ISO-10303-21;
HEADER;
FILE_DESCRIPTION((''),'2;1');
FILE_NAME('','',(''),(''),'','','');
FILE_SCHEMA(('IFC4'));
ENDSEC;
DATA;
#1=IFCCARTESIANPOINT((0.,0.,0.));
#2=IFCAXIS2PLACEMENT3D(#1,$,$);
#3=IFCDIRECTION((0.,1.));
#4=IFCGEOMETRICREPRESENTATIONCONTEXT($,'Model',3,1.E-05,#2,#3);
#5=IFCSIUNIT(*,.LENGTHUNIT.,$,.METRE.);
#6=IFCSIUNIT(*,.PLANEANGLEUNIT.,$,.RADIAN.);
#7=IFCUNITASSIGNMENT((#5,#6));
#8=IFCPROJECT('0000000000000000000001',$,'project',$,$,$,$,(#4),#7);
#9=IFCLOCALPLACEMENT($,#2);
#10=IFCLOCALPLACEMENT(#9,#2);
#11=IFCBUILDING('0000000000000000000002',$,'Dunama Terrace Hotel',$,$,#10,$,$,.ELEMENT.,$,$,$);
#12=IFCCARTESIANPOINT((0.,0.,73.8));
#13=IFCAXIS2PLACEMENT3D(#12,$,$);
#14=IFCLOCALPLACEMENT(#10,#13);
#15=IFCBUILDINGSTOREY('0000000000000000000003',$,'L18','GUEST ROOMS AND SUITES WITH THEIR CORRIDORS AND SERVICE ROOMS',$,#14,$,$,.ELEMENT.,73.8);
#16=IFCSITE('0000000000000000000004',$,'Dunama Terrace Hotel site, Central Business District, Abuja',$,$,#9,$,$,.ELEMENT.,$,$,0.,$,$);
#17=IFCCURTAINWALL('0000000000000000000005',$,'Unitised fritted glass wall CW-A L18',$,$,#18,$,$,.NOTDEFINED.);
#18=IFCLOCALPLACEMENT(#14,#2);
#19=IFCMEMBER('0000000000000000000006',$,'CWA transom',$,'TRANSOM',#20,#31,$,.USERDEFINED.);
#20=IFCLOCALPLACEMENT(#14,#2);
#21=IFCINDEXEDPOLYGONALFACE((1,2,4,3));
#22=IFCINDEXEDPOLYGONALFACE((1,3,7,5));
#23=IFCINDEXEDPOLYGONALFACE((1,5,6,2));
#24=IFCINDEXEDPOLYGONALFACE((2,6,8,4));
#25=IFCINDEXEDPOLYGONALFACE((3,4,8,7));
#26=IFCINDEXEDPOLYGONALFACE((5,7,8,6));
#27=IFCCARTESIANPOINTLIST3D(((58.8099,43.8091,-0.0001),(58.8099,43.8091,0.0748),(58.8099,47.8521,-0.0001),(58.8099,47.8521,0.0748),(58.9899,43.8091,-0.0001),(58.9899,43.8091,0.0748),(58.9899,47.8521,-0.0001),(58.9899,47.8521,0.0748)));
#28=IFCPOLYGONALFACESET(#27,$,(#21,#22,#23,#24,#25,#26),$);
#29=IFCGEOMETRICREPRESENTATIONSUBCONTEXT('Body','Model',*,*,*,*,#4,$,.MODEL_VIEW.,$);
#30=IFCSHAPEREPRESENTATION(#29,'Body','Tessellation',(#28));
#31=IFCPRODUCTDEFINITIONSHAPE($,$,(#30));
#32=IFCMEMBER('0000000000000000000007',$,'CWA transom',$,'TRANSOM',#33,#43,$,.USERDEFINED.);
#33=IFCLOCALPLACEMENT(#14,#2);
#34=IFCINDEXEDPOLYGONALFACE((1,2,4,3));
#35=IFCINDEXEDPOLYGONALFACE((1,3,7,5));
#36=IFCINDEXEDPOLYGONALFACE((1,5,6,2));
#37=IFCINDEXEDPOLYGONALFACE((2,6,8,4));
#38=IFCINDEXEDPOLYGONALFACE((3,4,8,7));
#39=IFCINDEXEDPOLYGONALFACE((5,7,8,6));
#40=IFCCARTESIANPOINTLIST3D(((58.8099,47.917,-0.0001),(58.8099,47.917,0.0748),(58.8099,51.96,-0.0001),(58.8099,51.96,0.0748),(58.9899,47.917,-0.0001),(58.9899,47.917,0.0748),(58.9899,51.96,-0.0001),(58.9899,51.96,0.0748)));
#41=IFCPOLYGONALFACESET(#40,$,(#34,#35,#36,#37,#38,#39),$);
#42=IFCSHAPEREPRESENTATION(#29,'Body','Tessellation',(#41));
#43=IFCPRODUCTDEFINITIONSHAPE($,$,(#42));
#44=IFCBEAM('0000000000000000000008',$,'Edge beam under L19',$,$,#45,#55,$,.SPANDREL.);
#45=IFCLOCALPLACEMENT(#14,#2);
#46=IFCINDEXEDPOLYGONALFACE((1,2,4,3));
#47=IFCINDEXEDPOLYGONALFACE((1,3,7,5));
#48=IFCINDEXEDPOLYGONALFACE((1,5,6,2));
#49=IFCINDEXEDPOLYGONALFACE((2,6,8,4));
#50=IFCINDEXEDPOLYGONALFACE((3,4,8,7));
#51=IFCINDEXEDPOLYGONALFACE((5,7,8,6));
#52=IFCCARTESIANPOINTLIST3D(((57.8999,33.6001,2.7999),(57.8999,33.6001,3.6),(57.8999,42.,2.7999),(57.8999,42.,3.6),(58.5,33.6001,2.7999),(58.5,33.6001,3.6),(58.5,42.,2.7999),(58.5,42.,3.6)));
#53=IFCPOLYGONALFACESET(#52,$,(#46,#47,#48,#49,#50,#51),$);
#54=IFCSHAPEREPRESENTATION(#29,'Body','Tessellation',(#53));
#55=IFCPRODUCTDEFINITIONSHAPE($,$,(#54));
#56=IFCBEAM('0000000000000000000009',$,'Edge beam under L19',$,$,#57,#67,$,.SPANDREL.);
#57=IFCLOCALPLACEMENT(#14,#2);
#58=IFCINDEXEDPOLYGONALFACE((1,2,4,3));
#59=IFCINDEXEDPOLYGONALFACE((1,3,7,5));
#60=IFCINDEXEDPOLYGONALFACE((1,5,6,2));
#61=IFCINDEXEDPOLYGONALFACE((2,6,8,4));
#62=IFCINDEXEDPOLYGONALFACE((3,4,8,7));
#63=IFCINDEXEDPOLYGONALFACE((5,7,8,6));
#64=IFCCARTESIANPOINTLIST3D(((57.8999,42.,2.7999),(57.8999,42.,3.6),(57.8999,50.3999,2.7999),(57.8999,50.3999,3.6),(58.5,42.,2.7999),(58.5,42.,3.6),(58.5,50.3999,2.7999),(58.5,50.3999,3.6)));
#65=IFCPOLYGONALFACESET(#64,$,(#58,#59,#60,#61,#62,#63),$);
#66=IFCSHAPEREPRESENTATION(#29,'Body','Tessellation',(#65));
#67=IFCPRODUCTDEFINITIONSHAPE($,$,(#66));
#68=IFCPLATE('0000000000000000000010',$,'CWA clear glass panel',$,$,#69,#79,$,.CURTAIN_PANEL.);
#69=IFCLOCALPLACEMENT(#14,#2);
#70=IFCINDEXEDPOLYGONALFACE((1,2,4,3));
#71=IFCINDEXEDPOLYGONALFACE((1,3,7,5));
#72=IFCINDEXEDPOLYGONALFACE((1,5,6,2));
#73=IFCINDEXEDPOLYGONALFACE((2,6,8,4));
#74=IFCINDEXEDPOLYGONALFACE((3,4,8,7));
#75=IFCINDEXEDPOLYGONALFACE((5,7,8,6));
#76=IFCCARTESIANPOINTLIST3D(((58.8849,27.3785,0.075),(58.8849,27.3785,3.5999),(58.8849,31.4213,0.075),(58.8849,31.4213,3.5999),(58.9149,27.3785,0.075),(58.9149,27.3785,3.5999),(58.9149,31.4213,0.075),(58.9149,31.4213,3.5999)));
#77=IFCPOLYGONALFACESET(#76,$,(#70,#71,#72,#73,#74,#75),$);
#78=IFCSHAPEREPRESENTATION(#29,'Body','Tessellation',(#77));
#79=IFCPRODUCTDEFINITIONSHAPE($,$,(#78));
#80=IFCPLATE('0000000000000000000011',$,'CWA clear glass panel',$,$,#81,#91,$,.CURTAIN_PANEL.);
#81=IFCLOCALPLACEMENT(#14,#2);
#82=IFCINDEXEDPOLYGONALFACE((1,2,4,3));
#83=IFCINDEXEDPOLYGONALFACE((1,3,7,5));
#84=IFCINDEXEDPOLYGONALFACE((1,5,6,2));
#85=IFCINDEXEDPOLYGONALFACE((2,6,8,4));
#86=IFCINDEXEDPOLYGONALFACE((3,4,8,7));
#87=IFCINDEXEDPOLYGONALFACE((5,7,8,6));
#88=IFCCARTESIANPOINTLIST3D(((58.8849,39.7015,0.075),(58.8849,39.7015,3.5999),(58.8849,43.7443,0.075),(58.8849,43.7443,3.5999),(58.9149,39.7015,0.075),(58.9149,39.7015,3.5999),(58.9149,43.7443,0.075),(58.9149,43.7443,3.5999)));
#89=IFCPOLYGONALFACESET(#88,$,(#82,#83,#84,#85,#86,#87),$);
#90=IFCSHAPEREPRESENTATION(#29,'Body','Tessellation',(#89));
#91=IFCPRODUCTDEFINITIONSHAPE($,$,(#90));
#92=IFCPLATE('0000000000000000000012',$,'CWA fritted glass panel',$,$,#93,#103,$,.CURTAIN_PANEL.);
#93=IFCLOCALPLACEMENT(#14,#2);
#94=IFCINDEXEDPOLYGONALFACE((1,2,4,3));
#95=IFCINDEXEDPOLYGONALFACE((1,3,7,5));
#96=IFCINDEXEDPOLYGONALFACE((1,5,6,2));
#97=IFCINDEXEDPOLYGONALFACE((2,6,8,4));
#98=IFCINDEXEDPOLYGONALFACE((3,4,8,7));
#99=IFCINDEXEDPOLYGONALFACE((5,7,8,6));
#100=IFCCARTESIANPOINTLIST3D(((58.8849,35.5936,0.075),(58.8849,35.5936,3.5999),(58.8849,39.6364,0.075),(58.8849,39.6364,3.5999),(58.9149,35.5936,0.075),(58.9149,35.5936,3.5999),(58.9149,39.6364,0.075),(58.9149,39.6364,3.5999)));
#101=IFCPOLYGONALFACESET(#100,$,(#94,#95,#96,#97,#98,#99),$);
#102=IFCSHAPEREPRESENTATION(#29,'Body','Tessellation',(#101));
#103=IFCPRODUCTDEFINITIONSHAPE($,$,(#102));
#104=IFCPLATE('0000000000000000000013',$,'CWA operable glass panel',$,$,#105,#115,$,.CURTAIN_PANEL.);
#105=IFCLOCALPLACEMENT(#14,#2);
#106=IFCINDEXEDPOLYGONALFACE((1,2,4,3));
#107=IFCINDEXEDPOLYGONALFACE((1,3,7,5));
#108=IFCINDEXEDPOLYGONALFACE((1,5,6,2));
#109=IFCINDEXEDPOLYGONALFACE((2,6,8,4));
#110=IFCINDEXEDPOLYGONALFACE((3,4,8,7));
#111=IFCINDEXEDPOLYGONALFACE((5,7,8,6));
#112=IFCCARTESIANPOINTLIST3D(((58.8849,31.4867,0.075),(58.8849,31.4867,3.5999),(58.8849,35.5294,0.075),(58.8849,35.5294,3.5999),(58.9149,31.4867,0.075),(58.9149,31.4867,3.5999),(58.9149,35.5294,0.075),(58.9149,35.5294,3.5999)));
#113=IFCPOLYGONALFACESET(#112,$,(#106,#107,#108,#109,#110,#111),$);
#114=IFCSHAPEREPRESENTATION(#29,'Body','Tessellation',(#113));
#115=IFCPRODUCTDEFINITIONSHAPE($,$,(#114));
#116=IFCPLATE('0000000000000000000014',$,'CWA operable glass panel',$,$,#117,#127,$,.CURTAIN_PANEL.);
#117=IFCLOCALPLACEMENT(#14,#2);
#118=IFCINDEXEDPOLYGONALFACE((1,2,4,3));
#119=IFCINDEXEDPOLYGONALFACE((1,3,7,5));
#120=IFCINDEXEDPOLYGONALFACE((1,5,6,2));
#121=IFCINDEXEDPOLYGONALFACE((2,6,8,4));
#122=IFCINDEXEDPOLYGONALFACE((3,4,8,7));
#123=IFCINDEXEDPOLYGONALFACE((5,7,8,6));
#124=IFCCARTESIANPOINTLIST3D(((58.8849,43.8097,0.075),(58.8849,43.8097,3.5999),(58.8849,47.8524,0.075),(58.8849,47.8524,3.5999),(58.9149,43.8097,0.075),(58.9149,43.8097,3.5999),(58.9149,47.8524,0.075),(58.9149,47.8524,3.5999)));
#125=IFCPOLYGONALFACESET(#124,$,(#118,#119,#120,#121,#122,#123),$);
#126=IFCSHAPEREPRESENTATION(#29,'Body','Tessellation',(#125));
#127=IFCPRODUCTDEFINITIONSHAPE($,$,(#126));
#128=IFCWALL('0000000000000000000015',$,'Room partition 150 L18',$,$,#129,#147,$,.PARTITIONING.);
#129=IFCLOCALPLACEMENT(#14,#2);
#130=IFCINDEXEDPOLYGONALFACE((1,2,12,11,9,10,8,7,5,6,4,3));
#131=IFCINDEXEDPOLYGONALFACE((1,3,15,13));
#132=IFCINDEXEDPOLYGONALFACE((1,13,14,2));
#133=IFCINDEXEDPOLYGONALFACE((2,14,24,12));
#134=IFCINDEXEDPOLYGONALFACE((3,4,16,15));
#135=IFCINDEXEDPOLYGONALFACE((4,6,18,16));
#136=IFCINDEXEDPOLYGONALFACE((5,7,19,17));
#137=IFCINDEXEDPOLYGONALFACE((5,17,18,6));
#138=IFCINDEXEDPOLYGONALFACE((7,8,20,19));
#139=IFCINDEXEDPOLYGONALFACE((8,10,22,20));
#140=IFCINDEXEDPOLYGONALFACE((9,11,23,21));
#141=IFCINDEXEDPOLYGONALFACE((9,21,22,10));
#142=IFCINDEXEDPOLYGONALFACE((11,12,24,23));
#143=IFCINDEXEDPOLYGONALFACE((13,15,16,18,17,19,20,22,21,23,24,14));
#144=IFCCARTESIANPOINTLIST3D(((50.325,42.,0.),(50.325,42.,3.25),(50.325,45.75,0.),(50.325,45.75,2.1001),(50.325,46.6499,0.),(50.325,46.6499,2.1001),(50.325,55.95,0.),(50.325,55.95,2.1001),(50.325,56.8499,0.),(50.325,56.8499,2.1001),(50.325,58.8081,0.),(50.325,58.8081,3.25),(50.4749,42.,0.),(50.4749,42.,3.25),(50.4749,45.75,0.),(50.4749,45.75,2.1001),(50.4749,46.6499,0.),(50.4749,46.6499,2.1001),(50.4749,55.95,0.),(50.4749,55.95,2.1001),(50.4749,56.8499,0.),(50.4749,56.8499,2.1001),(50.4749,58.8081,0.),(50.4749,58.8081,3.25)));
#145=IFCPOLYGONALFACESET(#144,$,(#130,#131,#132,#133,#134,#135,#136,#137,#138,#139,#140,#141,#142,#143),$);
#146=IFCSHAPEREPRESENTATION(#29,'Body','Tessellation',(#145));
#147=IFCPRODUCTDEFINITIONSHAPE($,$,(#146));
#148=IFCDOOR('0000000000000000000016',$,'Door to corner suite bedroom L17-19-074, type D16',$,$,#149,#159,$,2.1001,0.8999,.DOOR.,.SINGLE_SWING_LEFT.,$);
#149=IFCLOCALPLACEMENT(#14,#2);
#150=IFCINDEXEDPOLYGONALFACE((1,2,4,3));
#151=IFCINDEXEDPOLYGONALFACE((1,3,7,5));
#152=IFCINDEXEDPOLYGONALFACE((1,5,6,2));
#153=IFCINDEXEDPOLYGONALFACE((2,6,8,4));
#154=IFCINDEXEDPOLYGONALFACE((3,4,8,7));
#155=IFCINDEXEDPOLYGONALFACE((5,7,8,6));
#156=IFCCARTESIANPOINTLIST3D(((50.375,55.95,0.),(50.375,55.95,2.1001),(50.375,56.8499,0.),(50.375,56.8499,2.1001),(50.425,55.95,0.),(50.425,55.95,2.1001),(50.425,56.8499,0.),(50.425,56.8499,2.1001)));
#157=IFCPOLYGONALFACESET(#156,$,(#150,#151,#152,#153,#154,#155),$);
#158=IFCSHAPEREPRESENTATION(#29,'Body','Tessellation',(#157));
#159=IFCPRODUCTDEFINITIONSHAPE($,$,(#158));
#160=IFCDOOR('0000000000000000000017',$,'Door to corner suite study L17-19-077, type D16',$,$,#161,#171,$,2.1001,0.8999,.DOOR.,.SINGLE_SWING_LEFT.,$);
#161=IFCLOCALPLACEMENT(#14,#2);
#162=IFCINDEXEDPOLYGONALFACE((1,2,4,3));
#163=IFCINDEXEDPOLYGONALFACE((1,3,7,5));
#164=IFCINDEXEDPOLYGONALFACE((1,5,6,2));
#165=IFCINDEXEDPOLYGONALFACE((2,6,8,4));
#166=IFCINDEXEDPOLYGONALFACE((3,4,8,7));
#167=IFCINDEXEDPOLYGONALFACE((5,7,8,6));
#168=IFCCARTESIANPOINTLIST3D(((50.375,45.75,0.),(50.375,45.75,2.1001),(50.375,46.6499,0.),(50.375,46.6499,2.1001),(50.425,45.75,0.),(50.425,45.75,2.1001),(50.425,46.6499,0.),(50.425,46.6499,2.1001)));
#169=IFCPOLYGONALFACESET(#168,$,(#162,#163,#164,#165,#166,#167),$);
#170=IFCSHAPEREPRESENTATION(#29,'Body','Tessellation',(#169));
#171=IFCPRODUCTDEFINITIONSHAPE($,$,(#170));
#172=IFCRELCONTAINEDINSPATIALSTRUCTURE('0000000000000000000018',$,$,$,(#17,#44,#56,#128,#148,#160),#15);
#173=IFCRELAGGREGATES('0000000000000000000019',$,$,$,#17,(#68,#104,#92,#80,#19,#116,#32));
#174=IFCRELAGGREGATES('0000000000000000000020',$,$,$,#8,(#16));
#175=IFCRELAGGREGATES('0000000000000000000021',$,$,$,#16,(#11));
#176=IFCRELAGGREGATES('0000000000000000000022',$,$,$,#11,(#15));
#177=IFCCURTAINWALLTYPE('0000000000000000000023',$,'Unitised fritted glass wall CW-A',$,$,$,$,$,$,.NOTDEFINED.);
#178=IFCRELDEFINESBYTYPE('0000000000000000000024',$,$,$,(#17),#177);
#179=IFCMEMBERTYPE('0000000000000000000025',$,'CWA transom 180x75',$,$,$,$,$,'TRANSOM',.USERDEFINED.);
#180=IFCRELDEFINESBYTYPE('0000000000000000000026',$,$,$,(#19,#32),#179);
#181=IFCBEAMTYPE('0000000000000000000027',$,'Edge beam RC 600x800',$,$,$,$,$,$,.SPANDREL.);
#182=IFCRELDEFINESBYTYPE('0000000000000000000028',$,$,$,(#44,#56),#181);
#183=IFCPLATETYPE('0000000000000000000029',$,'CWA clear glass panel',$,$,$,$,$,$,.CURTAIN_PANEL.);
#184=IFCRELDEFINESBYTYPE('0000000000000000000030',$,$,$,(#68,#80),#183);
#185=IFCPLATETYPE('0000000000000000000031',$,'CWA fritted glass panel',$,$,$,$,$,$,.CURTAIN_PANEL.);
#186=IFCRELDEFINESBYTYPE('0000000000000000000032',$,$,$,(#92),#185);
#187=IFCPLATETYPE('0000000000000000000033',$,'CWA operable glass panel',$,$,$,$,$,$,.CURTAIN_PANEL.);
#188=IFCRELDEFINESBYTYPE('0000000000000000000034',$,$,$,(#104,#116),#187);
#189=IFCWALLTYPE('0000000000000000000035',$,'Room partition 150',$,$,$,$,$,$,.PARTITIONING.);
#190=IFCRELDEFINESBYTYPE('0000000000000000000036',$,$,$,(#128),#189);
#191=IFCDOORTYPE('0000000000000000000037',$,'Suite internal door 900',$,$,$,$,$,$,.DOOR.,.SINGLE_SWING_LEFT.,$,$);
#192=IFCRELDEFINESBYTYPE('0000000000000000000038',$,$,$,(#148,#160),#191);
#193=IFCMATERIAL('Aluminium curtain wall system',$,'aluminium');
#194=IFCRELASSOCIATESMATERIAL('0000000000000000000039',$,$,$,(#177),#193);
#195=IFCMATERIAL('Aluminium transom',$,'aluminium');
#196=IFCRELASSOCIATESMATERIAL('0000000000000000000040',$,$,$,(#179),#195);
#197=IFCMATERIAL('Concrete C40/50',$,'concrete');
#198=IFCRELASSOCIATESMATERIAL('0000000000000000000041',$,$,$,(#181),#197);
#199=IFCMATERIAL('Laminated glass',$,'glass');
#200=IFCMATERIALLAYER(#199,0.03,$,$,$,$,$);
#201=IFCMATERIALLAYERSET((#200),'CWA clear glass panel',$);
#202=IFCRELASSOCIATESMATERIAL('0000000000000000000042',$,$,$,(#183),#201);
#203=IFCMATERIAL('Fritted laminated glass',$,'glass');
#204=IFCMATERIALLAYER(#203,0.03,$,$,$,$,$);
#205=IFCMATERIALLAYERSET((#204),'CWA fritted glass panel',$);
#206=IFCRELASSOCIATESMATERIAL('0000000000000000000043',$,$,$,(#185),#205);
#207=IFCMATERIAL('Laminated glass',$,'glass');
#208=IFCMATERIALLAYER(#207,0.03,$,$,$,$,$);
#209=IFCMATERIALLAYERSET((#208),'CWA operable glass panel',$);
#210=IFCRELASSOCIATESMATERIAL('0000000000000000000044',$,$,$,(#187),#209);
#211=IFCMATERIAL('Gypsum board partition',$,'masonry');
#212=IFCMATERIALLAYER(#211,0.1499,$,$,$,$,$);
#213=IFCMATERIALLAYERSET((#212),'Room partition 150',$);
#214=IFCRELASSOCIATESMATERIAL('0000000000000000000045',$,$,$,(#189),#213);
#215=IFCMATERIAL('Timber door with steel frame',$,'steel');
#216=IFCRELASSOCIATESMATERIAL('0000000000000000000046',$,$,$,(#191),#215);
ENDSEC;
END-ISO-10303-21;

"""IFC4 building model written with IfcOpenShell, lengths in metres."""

from ifc_helpers import new_model, si_unit, direction, frame, frame_2d, origin, origin_2d, place, context, subcontext, project, spatial, rectangle, extrude, material, layer, layer_set, material_profile, profile_set, type_object, element, fill, aggregate, save


model = new_model("IFC4")

# Units and contexts
model_context = context("Model", 3, precision=1e-05, world=origin(), true_north=direction((0.0, 1.0)))
body_context = subcontext(model_context, "Body", "Model", "MODEL_VIEW")
ifc_project = project(units=[si_unit("LENGTHUNIT", "METRE"), si_unit("PLANEANGLEUNIT", "RADIAN")], contexts=[model_context])

# Site, building, storey
site_placement = place(None, origin())
site = spatial("IfcSite", under=ifc_project, at=site_placement, Name="Dunama Terrace Hotel site, Central Business District, Abuja", CompositionType="ELEMENT", RefElevation=0.0)
building_placement = place(site_placement, origin())
building = spatial("IfcBuilding", under=site, at=building_placement, Name="Dunama Terrace Hotel", CompositionType="ELEMENT")
storey_placement = place(building_placement, frame((0.0, 0.0, 73.8)))
storey = spatial("IfcBuildingStorey", under=building, at=storey_placement, Name="L18", Description="GUEST ROOMS AND SUITES WITH THEIR CORRIDORS AND SERVICE ROOMS", CompositionType="ELEMENT", Elevation=73.8)

# Curtain wall, members
ifc_material_1 = material(Name="Aluminium curtain wall system", Category="aluminium")
curtain_wall_type = type_object("IfcCurtainWallType", Name="Unitised fritted glass wall CW-A", PredefinedType="NOTDEFINED", material=ifc_material_1)
curtain_wall_placement = place(storey_placement, origin())
curtain_wall = element("IfcCurtainWall", 1, at=curtain_wall_placement, inside=storey, type_object=curtain_wall_type, Name="Unitised fritted glass wall CW-A L18", PredefinedType="NOTDEFINED")
ifc_material_2 = material(Name="Aluminium transom", Category="aluminium")
ifc_material_profile_1 = material_profile(ifc_material_2, rectangle(XDim=0.1799, YDim=0.075, at=origin_2d()), Name="CWA TRANSOM 180X75")
ifc_profile_set_1 = profile_set([ifc_material_profile_1], Name="Aluminium transom")
member_type_1 = type_object("IfcMemberType", Name="CWA transom 180x75", ElementType="TRANSOM", PredefinedType="USERDEFINED", material=ifc_profile_set_1)
member_1_placement = place(storey_placement, frame((58.8999, 43.8091, 0.0374), z_axis=(0.0, 1.0, 0.0), x_axis=(-1.0, 0.0, 0.0)))
member_1 = element("IfcMember", 2, at=member_1_placement, type_object=member_type_1, Name="CWA transom", ObjectType="TRANSOM", PredefinedType="USERDEFINED", context=body_context, shape_type="SweptSolid", body=[
    extrude(rectangle(XDim=0.1799, YDim=0.075, at=origin_2d()), origin(), (0.0, 0.0, 1.0), 4.043),
])
member_2_placement = place(storey_placement, frame((58.8999, 47.917, 0.0374), z_axis=(0.0, 1.0, 0.0), x_axis=(-1.0, 0.0, 0.0)))
member_2 = element("IfcMember", 3, at=member_2_placement, type_object=member_type_1, Name="CWA transom", ObjectType="TRANSOM", PredefinedType="USERDEFINED", context=body_context, shape_type="SweptSolid", body=[
    extrude(rectangle(XDim=0.1799, YDim=0.075, at=origin_2d()), origin(), (0.0, 0.0, 1.0), 4.043),
])

# Beams
ifc_material_3 = material(Name="Concrete C40/50", Category="concrete")
ifc_material_profile_2 = material_profile(ifc_material_3, rectangle(XDim=0.6001, YDim=0.8, at=origin_2d()), Name="RC 600x800")
ifc_profile_set_2 = profile_set([ifc_material_profile_2], Name="Concrete C40/50")
beam_type = type_object("IfcBeamType", Name="Edge beam RC 600x800", PredefinedType="SPANDREL", material=ifc_profile_set_2)
for number, where, z_axis, x_axis, name in (
    (4, (58.2, 33.6001, 3.2), (0.0, 1.0, 0.0), (-1.0, 0.0, 0.0), "Edge beam under L19"),
    (5, (58.2, 42.0, 3.2), (0.0, 1.0, 0.0), (-1.0, 0.0, 0.0), "Edge beam under L19"),
):
    element("IfcBeam", number, at=place(storey_placement, frame(where, z_axis=z_axis, x_axis=x_axis)), inside=storey, type_object=beam_type, Name=name, PredefinedType="SPANDREL", context=body_context, shape_type="SweptSolid", body=[
        extrude(rectangle(XDim=0.6001, YDim=0.8, at=origin_2d()), origin(), (0.0, 0.0, 1.0), 8.3999),
    ])

# Plates
ifc_material_4 = material(Name="Laminated glass", Category="glass")
ifc_layer_1 = layer(ifc_material_4, 0.03)
ifc_layer_set_1 = layer_set([ifc_layer_1], Name="CWA clear glass panel")
plate_type_1 = type_object("IfcPlateType", Name="CWA clear glass panel", PredefinedType="CURTAIN_PANEL", material=ifc_layer_set_1)
plate_1_placement = place(storey_placement, frame((58.8999, 29.3999, 0.075), z_axis=(0.0, 0.0, 1.0), x_axis=(0.0, 1.0, 0.0)))
plate_1 = element("IfcPlate", 6, at=plate_1_placement, type_object=plate_type_1, Name="CWA clear glass panel", PredefinedType="CURTAIN_PANEL", context=body_context, shape_type="SweptSolid", body=[
    extrude(rectangle(XDim=4.0427, YDim=0.03, at=origin_2d()), origin(), (0.0, 0.0, 1.0), 3.5249),
])
plate_2_placement = place(storey_placement, frame((58.8999, 41.7229, 0.075), z_axis=(0.0, 0.0, 1.0), x_axis=(0.0, 1.0, 0.0)))
plate_2 = element("IfcPlate", 7, at=plate_2_placement, type_object=plate_type_1, Name="CWA clear glass panel", PredefinedType="CURTAIN_PANEL", context=body_context, shape_type="SweptSolid", body=[
    extrude(rectangle(XDim=4.0427, YDim=0.03, at=origin_2d()), origin(), (0.0, 0.0, 1.0), 3.5249),
])
ifc_material_5 = material(Name="Fritted laminated glass", Category="glass")
ifc_layer_2 = layer(ifc_material_5, 0.03)
ifc_layer_set_2 = layer_set([ifc_layer_2], Name="CWA fritted glass panel")
plate_type_2 = type_object("IfcPlateType", Name="CWA fritted glass panel", PredefinedType="CURTAIN_PANEL", material=ifc_layer_set_2)
plate_3_placement = place(storey_placement, frame((58.8999, 37.615, 0.075), z_axis=(0.0, 0.0, 1.0), x_axis=(0.0, 1.0, 0.0)))
plate_3 = element("IfcPlate", 8, at=plate_3_placement, type_object=plate_type_2, Name="CWA fritted glass panel", PredefinedType="CURTAIN_PANEL", context=body_context, shape_type="SweptSolid", body=[
    extrude(rectangle(XDim=4.0427, YDim=0.03, at=origin_2d()), origin(), (0.0, 0.0, 1.0), 3.5249),
])
ifc_material_6 = material(Name="Laminated glass", Category="glass")
ifc_layer_3 = layer(ifc_material_6, 0.03)
ifc_layer_set_3 = layer_set([ifc_layer_3], Name="CWA operable glass panel")
plate_type_3 = type_object("IfcPlateType", Name="CWA operable glass panel", PredefinedType="CURTAIN_PANEL", material=ifc_layer_set_3)
plate_4_placement = place(storey_placement, frame((58.8999, 33.5081, 0.075), z_axis=(0.0, 0.0, 1.0), x_axis=(0.0, 1.0, 0.0)))
plate_4 = element("IfcPlate", 9, at=plate_4_placement, type_object=plate_type_3, Name="CWA operable glass panel", PredefinedType="CURTAIN_PANEL", context=body_context, shape_type="SweptSolid", body=[
    extrude(rectangle(XDim=4.0427, YDim=0.03, at=origin_2d()), origin(), (0.0, 0.0, 1.0), 3.5249),
])
plate_5_placement = place(storey_placement, frame((58.8999, 45.8311, 0.075), z_axis=(0.0, 0.0, 1.0), x_axis=(0.0, 1.0, 0.0)))
plate_5 = element("IfcPlate", 10, at=plate_5_placement, type_object=plate_type_3, Name="CWA operable glass panel", PredefinedType="CURTAIN_PANEL", context=body_context, shape_type="SweptSolid", body=[
    extrude(rectangle(XDim=4.0427, YDim=0.03, at=origin_2d()), origin(), (0.0, 0.0, 1.0), 3.5249),
])
aggregate(curtain_wall, [plate_1, plate_4, plate_3, plate_2, member_1, plate_5, member_2])

# Wall, openings, doors
ifc_material_7 = material(Name="Gypsum board partition", Category="masonry")
ifc_layer_4 = layer(ifc_material_7, 0.1499)
ifc_layer_set_4 = layer_set([ifc_layer_4], Name="Room partition 150")
wall_type = type_object("IfcWallType", Name="Room partition 150", PredefinedType="PARTITIONING", material=ifc_layer_set_4)
wall_1_placement = place(storey_placement, frame((50.3999, 42.0, 0.0), z_axis=(0.0, 0.0, 1.0), x_axis=(0.0, 1.0, 0.0)))
wall_1 = element("IfcWall", 11, at=wall_1_placement, inside=storey, type_object=wall_type, Name="Room partition 150 L18", PredefinedType="PARTITIONING", context=body_context, shape_type="SweptSolid", body=[
    extrude(rectangle(XDim=16.8081, YDim=0.1499, at=frame_2d((8.4041, 0.0))), origin(), (0.0, 0.0, 1.0), 3.25),
])
opening_1_placement = place(wall_1_placement, frame((13.95, 0.0, 0.0)))
opening_1 = element("IfcOpeningElement", 12, at=opening_1_placement, cuts=wall_1, PredefinedType="OPENING", context=body_context, shape_type="SweptSolid", body=[
    extrude(rectangle(XDim=0.8999, YDim=2.1001, at=frame_2d((0.45, 1.05))), frame((0.0, 0.085, 0.0), z_axis=(0.0, -1.0, 0.0), x_axis=(1.0, 0.0, 0.0)), (0.0, 0.0, 1.0), 0.1699),
])
opening_2_placement = place(wall_1_placement, frame((3.75, 0.0, 0.0)))
opening_2 = element("IfcOpeningElement", 13, at=opening_2_placement, cuts=wall_1, PredefinedType="OPENING", context=body_context, shape_type="SweptSolid", body=[
    extrude(rectangle(XDim=0.8999, YDim=2.1001, at=frame_2d((0.45, 1.05))), frame((0.0, 0.085, 0.0), z_axis=(0.0, -1.0, 0.0), x_axis=(1.0, 0.0, 0.0)), (0.0, 0.0, 1.0), 0.1699),
])
ifc_material_8 = material(Name="Timber door with steel frame", Category="steel")
door_type = type_object("IfcDoorType", Name="Suite internal door 900", OperationType="SINGLE_SWING_LEFT", PredefinedType="DOOR", material=ifc_material_8)
door_1_placement = place(opening_1_placement, frame((0.8999, 0.0, 0.0), z_axis=(0.0, 0.0, 1.0), x_axis=(-1.0, 0.0, 0.0)))
door_1 = element("IfcDoor", 14, at=door_1_placement, inside=storey, type_object=door_type, Name="Door to corner suite bedroom L17-19-074, type D16", OperationType="SINGLE_SWING_LEFT", OverallHeight=2.1001, OverallWidth=0.8999, PredefinedType="DOOR", context=body_context, shape_type="SweptSolid", body=[
    extrude(rectangle(XDim=0.8999, YDim=2.1001, at=frame_2d((0.45, 1.05))), frame((0.0, 0.0251, 0.0), z_axis=(0.0, -1.0, 0.0), x_axis=(1.0, 0.0, 0.0)), (0.0, 0.0, 1.0), 0.05),
])
fill(opening_1, door_1)
door_2_placement = place(opening_2_placement, frame((0.8999, 0.0, 0.0), z_axis=(0.0, 0.0, 1.0), x_axis=(-1.0, 0.0, 0.0)))
door_2 = element("IfcDoor", 15, at=door_2_placement, inside=storey, type_object=door_type, Name="Door to corner suite study L17-19-077, type D16", OperationType="SINGLE_SWING_LEFT", OverallHeight=2.1001, OverallWidth=0.8999, PredefinedType="DOOR", context=body_context, shape_type="SweptSolid", body=[
    extrude(rectangle(XDim=0.8999, YDim=2.1001, at=frame_2d((0.45, 1.05))), frame((0.0, 0.0251, 0.0), z_axis=(0.0, -1.0, 0.0), x_axis=(1.0, 0.0, 0.0)), (0.0, 0.0, 1.0), 0.05),
])
fill(opening_2, door_2)

save(model, "model.ifc")
